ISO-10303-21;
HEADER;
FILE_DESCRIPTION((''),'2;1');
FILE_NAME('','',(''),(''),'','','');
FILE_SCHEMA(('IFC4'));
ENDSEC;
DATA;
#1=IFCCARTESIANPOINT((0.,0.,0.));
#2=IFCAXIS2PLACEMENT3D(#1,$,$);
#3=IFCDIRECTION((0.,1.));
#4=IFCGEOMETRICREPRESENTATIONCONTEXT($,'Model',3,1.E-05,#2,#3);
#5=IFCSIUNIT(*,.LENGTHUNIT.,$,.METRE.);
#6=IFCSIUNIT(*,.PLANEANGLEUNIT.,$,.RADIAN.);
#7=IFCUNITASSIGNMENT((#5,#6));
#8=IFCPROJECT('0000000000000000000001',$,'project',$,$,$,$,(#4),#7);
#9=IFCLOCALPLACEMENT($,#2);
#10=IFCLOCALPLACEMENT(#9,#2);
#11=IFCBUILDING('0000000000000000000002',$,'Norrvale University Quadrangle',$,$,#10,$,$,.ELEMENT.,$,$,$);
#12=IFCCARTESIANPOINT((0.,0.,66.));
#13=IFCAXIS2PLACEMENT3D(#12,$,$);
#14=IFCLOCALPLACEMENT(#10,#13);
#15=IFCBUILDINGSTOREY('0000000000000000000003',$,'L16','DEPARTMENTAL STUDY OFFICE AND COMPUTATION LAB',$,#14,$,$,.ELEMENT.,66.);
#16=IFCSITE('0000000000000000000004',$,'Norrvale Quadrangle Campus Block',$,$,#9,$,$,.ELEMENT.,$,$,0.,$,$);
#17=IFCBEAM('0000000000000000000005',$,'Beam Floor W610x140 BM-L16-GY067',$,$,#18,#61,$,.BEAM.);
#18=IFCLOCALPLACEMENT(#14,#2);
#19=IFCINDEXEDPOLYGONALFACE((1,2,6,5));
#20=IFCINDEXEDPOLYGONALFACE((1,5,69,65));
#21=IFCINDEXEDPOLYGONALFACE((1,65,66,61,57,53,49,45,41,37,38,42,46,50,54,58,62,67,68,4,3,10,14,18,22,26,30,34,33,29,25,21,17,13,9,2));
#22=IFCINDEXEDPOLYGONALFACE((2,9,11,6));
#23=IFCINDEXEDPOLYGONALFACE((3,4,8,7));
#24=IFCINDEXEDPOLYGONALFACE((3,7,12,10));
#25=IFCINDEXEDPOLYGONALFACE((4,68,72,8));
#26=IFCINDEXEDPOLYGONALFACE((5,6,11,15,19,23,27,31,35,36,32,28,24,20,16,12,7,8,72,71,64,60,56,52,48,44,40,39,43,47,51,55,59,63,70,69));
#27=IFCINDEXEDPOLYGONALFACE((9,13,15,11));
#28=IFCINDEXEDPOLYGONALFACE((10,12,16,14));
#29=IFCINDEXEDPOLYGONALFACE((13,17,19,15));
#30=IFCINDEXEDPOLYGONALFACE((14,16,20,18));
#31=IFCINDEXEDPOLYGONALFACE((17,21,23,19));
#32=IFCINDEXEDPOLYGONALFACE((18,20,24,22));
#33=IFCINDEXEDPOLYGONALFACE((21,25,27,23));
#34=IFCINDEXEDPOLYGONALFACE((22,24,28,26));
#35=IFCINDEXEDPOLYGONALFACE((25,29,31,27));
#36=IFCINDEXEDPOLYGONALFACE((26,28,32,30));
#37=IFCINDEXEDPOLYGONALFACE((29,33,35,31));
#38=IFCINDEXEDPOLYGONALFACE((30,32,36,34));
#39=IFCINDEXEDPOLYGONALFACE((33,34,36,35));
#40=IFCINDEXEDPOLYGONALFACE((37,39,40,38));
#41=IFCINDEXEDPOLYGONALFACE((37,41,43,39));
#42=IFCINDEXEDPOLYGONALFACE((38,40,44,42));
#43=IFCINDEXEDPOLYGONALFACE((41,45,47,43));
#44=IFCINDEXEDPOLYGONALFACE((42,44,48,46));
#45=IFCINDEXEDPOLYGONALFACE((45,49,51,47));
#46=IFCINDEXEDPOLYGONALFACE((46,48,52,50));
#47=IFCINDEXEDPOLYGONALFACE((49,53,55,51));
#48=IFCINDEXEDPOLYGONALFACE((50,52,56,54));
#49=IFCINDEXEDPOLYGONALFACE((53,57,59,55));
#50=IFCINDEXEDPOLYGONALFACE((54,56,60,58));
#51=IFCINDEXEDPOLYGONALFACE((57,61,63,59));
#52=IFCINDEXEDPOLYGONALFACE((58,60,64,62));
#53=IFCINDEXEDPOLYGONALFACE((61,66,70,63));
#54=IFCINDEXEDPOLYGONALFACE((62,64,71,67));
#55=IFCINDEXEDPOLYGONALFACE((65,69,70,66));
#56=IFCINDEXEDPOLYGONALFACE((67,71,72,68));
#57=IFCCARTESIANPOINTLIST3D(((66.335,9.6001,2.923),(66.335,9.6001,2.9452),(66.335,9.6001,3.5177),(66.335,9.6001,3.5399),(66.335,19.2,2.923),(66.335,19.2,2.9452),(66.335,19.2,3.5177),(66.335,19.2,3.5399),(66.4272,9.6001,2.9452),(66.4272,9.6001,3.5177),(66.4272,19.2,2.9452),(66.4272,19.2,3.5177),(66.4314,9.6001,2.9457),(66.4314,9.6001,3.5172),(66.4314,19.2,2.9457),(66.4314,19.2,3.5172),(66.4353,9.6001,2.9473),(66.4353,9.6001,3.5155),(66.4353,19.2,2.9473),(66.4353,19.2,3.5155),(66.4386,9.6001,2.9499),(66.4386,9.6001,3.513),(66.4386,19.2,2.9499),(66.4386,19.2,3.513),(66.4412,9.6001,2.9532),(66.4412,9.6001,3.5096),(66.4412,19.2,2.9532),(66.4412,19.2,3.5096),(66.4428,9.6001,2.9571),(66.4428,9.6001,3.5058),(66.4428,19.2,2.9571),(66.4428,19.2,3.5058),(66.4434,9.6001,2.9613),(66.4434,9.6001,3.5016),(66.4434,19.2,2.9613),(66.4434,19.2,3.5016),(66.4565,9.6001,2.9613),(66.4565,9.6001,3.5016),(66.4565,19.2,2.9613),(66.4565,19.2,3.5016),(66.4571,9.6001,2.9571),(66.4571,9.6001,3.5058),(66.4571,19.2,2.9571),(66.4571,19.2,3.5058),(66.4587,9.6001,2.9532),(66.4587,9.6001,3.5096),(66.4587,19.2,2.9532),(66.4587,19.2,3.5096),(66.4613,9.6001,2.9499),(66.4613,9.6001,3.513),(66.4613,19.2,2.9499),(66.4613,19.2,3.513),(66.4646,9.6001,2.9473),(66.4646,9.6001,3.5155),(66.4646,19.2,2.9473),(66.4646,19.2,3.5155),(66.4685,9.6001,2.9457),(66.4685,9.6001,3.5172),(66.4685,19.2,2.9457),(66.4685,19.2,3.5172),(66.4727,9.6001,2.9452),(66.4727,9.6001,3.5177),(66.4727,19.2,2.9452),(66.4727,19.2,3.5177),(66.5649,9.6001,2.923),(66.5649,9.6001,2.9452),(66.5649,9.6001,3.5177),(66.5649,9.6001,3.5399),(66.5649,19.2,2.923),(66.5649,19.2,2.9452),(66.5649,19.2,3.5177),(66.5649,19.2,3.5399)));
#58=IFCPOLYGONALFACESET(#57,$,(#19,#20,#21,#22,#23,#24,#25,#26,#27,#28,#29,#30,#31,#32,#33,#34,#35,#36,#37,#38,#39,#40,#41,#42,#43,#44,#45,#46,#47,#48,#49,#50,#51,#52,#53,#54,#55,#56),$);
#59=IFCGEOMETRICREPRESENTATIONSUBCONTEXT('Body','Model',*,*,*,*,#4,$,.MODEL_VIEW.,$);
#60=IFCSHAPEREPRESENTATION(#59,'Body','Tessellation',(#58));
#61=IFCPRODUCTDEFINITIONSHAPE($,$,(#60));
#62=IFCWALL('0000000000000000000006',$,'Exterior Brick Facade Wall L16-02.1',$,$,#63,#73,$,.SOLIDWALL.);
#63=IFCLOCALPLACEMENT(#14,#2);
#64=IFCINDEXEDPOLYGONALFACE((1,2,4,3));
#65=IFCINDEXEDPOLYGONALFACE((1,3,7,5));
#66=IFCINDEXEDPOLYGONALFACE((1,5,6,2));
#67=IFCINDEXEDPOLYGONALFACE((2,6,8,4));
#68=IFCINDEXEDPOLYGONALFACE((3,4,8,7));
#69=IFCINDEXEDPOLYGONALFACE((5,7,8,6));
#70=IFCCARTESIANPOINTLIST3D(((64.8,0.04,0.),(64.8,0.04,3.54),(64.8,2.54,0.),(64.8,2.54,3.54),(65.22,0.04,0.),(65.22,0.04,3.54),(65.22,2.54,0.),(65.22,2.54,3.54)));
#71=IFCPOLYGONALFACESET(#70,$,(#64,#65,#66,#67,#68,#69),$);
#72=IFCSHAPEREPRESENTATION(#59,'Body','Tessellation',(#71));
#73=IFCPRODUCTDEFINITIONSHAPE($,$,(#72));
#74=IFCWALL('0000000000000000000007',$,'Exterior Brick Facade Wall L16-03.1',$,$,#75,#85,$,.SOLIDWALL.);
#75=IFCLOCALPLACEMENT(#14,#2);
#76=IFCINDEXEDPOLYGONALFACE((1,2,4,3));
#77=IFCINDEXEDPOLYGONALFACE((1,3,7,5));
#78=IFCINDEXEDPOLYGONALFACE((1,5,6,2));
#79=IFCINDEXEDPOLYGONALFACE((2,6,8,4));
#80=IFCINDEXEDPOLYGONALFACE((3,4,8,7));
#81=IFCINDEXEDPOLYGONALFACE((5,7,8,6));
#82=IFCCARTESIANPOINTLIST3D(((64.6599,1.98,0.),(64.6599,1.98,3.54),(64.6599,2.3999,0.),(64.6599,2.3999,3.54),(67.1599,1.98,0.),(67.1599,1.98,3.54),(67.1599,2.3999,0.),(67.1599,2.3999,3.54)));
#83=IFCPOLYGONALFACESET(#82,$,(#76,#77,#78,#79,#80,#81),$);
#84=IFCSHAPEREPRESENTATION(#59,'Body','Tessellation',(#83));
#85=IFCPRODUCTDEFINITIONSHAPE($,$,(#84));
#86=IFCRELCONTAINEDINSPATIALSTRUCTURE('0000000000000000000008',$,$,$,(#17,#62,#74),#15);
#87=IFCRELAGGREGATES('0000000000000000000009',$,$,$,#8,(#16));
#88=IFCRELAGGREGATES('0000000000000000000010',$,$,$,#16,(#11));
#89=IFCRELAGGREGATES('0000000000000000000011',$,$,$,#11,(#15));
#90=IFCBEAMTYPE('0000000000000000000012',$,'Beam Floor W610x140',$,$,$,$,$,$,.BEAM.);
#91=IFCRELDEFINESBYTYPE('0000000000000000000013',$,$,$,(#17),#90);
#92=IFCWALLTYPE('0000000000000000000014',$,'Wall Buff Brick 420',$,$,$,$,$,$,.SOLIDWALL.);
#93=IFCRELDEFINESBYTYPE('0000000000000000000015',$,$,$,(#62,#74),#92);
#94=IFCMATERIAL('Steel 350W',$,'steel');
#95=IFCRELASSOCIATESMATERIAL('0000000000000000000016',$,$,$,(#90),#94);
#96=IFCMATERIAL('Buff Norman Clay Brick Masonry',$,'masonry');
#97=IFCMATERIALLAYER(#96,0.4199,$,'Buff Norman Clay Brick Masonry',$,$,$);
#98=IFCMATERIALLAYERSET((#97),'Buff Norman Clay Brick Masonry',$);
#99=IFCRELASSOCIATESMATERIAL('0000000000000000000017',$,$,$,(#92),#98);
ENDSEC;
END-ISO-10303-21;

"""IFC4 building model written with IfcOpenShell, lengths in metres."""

from ifc_helpers import new_model, si_unit, direction, frame, frame_2d, origin, origin_2d, place, context, subcontext, project, spatial, rectangle, i_section, extrude, material, layer, layer_set, material_profile, profile_set, type_object, element, save


model = new_model("IFC4")

# Units and contexts
model_context = context("Model", 3, precision=1e-05, world=origin(), true_north=direction((0.0, 1.0)))
body_context = subcontext(model_context, "Body", "Model", "MODEL_VIEW")
ifc_project = project(units=[si_unit("LENGTHUNIT", "METRE"), si_unit("PLANEANGLEUNIT", "RADIAN")], contexts=[model_context])

# Site, building, storey
site_placement = place(None, origin())
site = spatial("IfcSite", under=ifc_project, at=site_placement, Name="Norrvale Quadrangle Campus Block", CompositionType="ELEMENT", RefElevation=0.0)
building_placement = place(site_placement, origin())
building = spatial("IfcBuilding", under=site, at=building_placement, Name="Norrvale University Quadrangle", CompositionType="ELEMENT")
storey_placement = place(building_placement, frame((0.0, 0.0, 66.0)))
storey = spatial("IfcBuildingStorey", under=building, at=storey_placement, Name="L16", Description="DEPARTMENTAL STUDY OFFICE AND COMPUTATION LAB", CompositionType="ELEMENT", Elevation=66.0)

# Beam
ifc_material_1 = material(Name="Steel 350W", Category="steel")
ifc_material_profile_1 = material_profile(ifc_material_1, i_section(OverallWidth=0.23, OverallDepth=0.6169, WebThickness=0.0132, FlangeThickness=0.0222, FilletRadius=0.0161, at=origin_2d()), Name="Steel 350W")
ifc_profile_set_1 = profile_set([ifc_material_profile_1], Name="Steel 350W")
beam_type_1 = type_object("IfcBeamType", Name="Beam Floor W610x140", PredefinedType="BEAM", material=ifc_profile_set_1)
beam_1_placement = place(storey_placement, frame((66.45, 9.6001, 3.2314), z_axis=(0.0, 1.0, 0.0), x_axis=(-1.0, 0.0, 0.0)))
element("IfcBeam", 1, at=beam_1_placement, inside=storey, type_object=beam_type_1, Name="Beam Floor W610x140 BM-L16-GY067", PredefinedType="BEAM", context=body_context, shape_type="SweptSolid", body=[
    extrude(i_section(OverallWidth=0.23, OverallDepth=0.6169, WebThickness=0.0132, FlangeThickness=0.0222, FilletRadius=0.0161, at=origin_2d()), origin(), (0.0, 0.0, 1.0), 9.5999),
])

# Walls
ifc_material_2 = material(Name="Buff Norman Clay Brick Masonry", Category="masonry")
ifc_layer_1 = layer(ifc_material_2, 0.4199, Name="Buff Norman Clay Brick Masonry")
ifc_layer_set_1 = layer_set([ifc_layer_1], Name="Buff Norman Clay Brick Masonry")
wall_type_1 = type_object("IfcWallType", Name="Wall Buff Brick 420", PredefinedType="SOLIDWALL", material=ifc_layer_set_1)
for number, where, z_axis, x_axis, name in (
    (2, (65.01, 0.04, 0.0), (0.0, 0.0, 1.0), (0.0, 1.0, 0.0), "Exterior Brick Facade Wall L16-02.1"),
    (3, (64.6599, 2.1899, 0.0), (0.0, 0.0, 1.0), (1.0, 0.0, 0.0), "Exterior Brick Facade Wall L16-03.1"),
):
    element("IfcWall", number, at=place(storey_placement, frame(where, z_axis=z_axis, x_axis=x_axis)), inside=storey, type_object=wall_type_1, Name=name, PredefinedType="SOLIDWALL", context=body_context, shape_type="SweptSolid", body=[
        extrude(rectangle(XDim=2.5, YDim=0.4199, at=frame_2d((1.25, 0.0))), origin(), (0.0, 0.0, 1.0), 3.54),
    ])

save(model, "model.ifc")
